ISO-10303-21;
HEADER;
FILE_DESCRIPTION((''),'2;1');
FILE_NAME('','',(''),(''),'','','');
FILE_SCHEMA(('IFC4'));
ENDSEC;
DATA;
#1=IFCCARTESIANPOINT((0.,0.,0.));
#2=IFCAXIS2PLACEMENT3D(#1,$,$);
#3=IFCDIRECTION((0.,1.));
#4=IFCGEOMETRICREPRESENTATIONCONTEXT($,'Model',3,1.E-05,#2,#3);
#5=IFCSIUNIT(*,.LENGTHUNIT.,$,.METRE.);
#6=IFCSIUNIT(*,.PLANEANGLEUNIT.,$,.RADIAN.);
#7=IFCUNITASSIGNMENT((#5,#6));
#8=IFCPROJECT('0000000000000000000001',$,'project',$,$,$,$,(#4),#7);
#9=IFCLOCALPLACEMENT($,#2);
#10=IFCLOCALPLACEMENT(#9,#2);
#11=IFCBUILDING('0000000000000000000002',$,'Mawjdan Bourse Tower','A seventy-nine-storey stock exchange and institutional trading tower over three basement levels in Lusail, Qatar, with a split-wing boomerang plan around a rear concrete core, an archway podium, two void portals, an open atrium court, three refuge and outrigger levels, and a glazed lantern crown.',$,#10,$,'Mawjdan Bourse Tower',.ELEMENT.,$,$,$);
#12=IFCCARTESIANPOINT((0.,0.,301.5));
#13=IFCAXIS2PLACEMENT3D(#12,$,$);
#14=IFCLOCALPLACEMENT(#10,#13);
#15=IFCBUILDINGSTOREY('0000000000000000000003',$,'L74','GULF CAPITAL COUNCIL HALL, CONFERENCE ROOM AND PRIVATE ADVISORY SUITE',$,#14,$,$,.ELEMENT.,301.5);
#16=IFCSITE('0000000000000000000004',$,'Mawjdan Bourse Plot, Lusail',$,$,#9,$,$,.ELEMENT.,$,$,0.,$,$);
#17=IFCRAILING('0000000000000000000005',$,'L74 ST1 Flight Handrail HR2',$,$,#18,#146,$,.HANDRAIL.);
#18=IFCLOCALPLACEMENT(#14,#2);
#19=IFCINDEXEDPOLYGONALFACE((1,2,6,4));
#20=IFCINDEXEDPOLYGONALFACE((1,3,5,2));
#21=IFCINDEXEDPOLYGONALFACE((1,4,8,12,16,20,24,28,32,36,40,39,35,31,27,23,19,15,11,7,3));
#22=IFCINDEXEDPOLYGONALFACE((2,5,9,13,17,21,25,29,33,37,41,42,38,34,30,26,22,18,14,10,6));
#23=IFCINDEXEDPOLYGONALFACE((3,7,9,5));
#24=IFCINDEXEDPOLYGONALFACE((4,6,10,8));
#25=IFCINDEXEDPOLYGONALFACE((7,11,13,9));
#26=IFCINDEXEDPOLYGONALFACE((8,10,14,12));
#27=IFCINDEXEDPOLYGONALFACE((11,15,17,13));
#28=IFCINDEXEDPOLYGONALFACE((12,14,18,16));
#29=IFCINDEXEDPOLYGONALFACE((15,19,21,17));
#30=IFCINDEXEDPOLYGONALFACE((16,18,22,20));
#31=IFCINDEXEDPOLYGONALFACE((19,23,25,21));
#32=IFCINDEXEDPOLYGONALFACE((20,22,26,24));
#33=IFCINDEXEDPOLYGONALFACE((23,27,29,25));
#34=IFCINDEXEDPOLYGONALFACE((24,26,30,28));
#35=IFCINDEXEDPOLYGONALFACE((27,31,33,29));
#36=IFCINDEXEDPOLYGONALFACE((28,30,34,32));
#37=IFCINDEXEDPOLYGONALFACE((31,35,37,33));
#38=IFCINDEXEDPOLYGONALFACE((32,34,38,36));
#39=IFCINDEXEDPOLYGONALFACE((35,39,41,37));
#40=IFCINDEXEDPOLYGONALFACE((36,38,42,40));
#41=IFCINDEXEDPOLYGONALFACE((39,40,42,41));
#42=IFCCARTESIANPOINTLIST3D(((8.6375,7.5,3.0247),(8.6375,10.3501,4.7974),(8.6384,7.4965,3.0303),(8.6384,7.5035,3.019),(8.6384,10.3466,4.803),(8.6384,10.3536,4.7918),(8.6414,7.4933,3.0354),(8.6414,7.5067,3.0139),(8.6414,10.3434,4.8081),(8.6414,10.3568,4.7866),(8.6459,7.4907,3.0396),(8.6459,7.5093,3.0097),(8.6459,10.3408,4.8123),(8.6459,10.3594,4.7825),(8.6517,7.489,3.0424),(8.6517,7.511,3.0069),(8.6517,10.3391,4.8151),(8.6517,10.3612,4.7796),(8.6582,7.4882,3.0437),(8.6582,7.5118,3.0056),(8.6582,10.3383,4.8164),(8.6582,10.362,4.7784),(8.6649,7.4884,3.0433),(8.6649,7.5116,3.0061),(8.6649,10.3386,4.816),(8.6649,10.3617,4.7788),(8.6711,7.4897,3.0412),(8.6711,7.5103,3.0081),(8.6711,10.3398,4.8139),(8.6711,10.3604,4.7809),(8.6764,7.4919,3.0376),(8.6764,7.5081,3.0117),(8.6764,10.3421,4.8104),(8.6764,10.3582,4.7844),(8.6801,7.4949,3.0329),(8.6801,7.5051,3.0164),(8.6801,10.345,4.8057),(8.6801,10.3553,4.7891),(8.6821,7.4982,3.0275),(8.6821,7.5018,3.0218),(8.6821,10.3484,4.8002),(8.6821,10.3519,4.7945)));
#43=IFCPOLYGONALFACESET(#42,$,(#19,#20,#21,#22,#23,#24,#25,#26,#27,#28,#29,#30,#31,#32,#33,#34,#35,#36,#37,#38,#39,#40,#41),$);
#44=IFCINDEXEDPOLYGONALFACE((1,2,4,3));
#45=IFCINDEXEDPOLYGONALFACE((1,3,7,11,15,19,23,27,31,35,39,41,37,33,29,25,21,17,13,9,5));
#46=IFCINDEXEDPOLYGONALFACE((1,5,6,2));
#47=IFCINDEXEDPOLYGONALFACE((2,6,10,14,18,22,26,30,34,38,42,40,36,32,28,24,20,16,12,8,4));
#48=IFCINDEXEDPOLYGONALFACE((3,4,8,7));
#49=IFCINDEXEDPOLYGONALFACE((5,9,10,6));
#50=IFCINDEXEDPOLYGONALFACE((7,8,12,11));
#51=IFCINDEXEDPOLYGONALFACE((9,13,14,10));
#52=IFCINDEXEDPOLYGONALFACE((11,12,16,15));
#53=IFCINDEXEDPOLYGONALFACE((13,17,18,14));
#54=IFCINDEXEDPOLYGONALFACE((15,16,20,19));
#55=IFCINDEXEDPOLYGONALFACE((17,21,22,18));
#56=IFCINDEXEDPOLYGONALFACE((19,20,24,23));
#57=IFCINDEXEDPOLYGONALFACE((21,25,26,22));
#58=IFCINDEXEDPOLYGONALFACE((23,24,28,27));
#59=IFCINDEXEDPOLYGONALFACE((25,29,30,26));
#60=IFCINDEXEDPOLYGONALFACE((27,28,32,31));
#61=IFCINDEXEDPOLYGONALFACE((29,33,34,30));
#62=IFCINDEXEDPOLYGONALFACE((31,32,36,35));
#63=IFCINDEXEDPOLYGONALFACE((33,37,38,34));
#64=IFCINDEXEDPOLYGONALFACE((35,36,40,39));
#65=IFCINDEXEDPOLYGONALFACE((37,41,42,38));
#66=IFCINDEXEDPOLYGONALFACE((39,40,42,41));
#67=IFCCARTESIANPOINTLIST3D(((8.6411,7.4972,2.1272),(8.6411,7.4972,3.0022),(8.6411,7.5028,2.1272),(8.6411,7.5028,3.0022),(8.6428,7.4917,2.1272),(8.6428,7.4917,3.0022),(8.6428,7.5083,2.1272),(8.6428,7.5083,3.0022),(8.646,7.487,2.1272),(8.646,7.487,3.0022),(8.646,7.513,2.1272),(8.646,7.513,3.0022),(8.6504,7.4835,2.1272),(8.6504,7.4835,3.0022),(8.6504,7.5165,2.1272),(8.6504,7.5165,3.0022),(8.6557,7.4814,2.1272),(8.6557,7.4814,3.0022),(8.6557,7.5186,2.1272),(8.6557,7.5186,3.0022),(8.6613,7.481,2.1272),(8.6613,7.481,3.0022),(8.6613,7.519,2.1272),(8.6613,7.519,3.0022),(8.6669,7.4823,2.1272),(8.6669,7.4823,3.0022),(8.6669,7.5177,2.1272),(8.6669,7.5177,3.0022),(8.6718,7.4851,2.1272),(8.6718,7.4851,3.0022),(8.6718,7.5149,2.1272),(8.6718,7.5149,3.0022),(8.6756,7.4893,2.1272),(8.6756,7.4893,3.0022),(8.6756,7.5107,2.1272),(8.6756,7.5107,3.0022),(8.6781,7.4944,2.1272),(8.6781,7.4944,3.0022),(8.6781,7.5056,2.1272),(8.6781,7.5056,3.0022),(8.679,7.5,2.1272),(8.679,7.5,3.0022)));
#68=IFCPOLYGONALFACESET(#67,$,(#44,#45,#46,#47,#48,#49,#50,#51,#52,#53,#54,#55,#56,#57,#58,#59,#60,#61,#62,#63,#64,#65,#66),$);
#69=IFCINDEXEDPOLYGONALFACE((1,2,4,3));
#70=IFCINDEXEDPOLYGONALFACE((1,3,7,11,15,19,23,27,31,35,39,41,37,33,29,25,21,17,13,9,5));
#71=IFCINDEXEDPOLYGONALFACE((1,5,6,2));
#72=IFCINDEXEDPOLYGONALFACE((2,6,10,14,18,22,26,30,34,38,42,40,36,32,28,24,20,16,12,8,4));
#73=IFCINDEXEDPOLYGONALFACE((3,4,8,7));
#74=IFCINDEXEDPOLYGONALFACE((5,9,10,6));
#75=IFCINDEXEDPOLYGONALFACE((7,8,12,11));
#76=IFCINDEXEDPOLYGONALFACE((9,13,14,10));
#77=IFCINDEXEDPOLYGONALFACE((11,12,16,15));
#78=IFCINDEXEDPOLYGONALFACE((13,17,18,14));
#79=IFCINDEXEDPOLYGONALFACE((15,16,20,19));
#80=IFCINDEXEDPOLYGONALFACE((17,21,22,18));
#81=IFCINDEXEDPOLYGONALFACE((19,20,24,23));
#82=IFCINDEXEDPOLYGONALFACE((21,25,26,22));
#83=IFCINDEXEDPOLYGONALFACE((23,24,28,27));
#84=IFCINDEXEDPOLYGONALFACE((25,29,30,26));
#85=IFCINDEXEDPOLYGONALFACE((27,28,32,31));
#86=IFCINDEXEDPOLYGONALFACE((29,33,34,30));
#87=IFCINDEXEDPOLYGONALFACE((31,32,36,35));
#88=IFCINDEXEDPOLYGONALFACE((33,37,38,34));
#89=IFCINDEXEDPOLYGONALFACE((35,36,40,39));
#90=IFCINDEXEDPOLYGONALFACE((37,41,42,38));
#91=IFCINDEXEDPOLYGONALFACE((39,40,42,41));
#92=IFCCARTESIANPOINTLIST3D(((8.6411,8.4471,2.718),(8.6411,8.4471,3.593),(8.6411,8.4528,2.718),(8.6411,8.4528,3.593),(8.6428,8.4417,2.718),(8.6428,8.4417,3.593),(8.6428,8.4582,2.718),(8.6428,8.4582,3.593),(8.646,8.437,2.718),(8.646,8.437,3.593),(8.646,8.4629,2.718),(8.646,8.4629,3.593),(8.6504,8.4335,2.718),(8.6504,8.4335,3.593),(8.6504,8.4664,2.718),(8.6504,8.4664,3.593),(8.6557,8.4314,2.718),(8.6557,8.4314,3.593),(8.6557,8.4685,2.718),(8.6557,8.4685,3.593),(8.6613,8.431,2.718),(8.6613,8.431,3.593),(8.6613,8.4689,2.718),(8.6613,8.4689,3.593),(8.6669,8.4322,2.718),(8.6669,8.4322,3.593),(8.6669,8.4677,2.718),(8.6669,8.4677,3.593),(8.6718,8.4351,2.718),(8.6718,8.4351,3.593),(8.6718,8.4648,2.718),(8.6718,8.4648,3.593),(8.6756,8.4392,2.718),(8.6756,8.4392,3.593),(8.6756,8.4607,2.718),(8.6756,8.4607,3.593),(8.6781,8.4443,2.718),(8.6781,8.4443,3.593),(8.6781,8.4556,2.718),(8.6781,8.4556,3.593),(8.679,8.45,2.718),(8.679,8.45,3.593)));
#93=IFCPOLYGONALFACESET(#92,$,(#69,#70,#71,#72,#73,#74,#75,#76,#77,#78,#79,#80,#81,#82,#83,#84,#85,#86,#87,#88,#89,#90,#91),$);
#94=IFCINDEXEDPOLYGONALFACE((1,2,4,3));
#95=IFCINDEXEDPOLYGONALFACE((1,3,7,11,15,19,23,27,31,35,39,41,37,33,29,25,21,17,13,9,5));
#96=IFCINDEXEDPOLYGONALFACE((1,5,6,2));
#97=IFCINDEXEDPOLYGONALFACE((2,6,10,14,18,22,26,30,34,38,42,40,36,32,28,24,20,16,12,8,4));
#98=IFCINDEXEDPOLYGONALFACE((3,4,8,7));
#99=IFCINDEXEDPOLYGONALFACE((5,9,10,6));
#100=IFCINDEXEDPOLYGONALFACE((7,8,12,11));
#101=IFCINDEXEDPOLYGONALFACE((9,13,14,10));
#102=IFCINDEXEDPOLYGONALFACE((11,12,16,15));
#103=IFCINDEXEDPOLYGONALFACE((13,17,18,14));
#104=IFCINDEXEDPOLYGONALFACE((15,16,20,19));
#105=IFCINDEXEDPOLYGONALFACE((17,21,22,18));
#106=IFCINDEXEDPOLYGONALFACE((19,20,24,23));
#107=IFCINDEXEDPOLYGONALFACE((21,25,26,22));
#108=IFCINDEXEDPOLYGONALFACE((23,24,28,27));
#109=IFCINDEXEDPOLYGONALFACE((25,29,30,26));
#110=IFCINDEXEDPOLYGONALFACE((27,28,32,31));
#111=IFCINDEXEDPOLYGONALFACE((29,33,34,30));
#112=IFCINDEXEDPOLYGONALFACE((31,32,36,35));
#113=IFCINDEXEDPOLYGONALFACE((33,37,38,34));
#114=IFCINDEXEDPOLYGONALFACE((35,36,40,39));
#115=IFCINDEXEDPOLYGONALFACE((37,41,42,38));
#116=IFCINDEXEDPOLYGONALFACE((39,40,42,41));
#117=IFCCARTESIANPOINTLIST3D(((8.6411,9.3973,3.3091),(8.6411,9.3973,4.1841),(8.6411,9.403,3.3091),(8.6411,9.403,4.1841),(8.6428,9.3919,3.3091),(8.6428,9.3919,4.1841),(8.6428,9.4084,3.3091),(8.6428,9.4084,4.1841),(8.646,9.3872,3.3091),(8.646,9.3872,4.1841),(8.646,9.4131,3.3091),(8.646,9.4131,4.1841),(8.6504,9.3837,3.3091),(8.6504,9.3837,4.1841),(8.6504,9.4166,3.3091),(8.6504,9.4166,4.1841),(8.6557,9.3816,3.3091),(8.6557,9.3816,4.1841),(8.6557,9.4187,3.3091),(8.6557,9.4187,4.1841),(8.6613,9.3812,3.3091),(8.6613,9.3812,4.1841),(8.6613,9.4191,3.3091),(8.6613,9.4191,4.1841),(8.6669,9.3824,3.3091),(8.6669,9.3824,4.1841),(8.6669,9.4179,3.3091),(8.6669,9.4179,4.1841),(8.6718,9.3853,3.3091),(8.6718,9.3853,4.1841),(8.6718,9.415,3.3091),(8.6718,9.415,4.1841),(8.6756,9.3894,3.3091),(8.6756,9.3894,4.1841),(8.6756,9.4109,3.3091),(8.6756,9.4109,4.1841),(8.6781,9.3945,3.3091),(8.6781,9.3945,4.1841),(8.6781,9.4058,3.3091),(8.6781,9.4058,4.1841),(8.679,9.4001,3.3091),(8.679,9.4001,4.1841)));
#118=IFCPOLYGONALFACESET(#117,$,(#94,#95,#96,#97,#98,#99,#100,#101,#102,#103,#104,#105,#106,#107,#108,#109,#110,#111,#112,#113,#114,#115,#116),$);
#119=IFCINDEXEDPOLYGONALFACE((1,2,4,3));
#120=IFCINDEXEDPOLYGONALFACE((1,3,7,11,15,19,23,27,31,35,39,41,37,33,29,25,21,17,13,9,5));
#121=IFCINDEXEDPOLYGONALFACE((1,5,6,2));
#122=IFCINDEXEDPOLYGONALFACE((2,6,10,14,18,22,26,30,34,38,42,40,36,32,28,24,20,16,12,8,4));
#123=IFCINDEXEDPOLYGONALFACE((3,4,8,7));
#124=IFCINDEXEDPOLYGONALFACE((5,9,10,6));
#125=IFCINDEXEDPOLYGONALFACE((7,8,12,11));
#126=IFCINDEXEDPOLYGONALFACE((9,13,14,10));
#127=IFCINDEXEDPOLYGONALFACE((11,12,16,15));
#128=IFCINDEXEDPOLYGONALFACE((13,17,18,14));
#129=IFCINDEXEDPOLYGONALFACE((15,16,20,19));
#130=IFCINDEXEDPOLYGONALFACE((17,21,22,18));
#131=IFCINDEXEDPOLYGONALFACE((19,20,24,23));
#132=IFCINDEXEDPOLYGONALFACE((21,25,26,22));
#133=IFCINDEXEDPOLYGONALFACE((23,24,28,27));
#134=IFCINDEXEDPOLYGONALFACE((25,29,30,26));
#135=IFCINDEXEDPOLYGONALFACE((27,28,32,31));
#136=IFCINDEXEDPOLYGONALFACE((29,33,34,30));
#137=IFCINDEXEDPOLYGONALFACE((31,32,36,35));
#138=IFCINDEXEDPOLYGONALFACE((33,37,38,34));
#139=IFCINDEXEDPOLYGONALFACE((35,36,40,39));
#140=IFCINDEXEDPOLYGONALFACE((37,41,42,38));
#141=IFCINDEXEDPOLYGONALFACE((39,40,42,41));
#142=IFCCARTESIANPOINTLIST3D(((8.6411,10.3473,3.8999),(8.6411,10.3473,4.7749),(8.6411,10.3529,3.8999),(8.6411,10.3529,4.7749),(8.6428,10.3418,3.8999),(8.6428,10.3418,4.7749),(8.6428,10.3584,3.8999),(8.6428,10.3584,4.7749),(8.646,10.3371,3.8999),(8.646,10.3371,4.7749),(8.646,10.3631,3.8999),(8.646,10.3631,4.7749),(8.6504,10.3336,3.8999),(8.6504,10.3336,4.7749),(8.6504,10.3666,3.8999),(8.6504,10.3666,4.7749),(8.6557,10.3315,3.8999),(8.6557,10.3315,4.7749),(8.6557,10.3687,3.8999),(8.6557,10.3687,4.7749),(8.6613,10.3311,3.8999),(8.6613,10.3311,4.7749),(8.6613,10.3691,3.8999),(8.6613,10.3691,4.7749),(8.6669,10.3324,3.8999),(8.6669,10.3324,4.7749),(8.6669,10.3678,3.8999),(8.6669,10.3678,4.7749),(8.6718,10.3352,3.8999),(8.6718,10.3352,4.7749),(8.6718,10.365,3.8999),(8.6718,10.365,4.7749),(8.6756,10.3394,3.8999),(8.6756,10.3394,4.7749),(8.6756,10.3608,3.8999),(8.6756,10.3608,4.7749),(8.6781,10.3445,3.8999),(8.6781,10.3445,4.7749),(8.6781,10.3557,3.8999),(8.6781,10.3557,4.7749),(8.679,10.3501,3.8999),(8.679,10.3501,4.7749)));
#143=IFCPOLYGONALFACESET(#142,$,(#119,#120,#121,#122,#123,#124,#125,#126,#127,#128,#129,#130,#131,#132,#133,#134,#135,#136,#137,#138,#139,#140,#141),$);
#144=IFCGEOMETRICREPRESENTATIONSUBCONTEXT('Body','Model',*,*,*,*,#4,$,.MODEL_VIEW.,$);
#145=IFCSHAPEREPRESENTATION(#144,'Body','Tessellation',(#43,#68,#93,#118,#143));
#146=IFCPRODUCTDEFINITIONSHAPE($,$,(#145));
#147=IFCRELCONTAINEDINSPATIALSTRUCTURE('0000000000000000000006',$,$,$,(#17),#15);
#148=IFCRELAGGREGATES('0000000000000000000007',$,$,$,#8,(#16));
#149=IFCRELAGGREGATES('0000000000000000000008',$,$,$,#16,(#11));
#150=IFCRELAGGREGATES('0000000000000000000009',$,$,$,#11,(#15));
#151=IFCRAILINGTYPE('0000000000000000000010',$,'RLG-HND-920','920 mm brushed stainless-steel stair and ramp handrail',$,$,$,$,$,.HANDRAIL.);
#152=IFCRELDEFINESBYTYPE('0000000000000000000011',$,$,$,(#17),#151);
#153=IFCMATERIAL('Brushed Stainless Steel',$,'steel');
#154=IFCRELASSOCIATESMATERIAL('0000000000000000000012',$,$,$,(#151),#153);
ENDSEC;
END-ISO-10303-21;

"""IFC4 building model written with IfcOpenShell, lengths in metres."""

from ifc_helpers import new_model, si_unit, direction, frame, origin, origin_2d, place, context, subcontext, project, spatial, circle, extrude, material, type_object, element, save


model = new_model("IFC4")

# Units and contexts
model_context = context("Model", 3, precision=1e-05, world=origin(), true_north=direction((0.0, 1.0)))
body_context = subcontext(model_context, "Body", "Model", "MODEL_VIEW")
ifc_project = project(units=[si_unit("LENGTHUNIT", "METRE"), si_unit("PLANEANGLEUNIT", "RADIAN")], contexts=[model_context])

# Site, building, storey
site_placement = place(None, origin())
site = spatial("IfcSite", under=ifc_project, at=site_placement, Name="Mawjdan Bourse Plot, Lusail", CompositionType="ELEMENT", RefElevation=0.0)
building_placement = place(site_placement, origin())
building = spatial("IfcBuilding", under=site, at=building_placement, Name="Mawjdan Bourse Tower", Description="A seventy-nine-storey stock exchange and institutional trading tower over three basement levels in Lusail, Qatar, with a split-wing boomerang plan around a rear concrete core, an archway podium, two void portals, an open atrium court, three refuge and outrigger levels, and a glazed lantern crown.", LongName="Mawjdan Bourse Tower", CompositionType="ELEMENT")
storey_placement = place(building_placement, frame((0.0, 0.0, 301.5)))
storey = spatial("IfcBuildingStorey", under=building, at=storey_placement, Name="L74", Description="GULF CAPITAL COUNCIL HALL, CONFERENCE ROOM AND PRIVATE ADVISORY SUITE", CompositionType="ELEMENT", Elevation=301.5)

# Railing
ifc_material_1 = material(Name="Brushed Stainless Steel", Category="steel")
railing_type_1 = type_object("IfcRailingType", Name="RLG-HND-920", Description="920 mm brushed stainless-steel stair and ramp handrail", PredefinedType="HANDRAIL", material=ifc_material_1)
railing_1_placement = place(storey_placement, frame((8.6599, 7.5, 2.1272)))
element("IfcRailing", 1, at=railing_1_placement, inside=storey, type_object=railing_type_1, Name="L74 ST1 Flight Handrail HR2", PredefinedType="HANDRAIL", context=body_context, shape_type="SweptSolid", body=[
    extrude(circle(Radius=0.0225, at=origin_2d()), frame((0.0, 0.0, 0.8975), z_axis=(0.0, 0.849149, 0.528154), x_axis=(-1.0, 0.0, 0.0)), (0.0, 0.0, 1.0), 3.3564),
    extrude(circle(Radius=0.019, at=origin_2d()), origin(), (0.0, 0.0, 1.0), 0.875),
    extrude(circle(Radius=0.019, at=origin_2d()), frame((0.0, 0.95, 0.5908)), (0.0, 0.0, 1.0), 0.875),
    extrude(circle(Radius=0.019, at=origin_2d()), frame((0.0, 1.9001, 1.1819)), (0.0, 0.0, 1.0), 0.875),
    extrude(circle(Radius=0.019, at=origin_2d()), frame((0.0, 2.8501, 1.7727)), (0.0, 0.0, 1.0), 0.875),
])

save(model, "model.ifc")
